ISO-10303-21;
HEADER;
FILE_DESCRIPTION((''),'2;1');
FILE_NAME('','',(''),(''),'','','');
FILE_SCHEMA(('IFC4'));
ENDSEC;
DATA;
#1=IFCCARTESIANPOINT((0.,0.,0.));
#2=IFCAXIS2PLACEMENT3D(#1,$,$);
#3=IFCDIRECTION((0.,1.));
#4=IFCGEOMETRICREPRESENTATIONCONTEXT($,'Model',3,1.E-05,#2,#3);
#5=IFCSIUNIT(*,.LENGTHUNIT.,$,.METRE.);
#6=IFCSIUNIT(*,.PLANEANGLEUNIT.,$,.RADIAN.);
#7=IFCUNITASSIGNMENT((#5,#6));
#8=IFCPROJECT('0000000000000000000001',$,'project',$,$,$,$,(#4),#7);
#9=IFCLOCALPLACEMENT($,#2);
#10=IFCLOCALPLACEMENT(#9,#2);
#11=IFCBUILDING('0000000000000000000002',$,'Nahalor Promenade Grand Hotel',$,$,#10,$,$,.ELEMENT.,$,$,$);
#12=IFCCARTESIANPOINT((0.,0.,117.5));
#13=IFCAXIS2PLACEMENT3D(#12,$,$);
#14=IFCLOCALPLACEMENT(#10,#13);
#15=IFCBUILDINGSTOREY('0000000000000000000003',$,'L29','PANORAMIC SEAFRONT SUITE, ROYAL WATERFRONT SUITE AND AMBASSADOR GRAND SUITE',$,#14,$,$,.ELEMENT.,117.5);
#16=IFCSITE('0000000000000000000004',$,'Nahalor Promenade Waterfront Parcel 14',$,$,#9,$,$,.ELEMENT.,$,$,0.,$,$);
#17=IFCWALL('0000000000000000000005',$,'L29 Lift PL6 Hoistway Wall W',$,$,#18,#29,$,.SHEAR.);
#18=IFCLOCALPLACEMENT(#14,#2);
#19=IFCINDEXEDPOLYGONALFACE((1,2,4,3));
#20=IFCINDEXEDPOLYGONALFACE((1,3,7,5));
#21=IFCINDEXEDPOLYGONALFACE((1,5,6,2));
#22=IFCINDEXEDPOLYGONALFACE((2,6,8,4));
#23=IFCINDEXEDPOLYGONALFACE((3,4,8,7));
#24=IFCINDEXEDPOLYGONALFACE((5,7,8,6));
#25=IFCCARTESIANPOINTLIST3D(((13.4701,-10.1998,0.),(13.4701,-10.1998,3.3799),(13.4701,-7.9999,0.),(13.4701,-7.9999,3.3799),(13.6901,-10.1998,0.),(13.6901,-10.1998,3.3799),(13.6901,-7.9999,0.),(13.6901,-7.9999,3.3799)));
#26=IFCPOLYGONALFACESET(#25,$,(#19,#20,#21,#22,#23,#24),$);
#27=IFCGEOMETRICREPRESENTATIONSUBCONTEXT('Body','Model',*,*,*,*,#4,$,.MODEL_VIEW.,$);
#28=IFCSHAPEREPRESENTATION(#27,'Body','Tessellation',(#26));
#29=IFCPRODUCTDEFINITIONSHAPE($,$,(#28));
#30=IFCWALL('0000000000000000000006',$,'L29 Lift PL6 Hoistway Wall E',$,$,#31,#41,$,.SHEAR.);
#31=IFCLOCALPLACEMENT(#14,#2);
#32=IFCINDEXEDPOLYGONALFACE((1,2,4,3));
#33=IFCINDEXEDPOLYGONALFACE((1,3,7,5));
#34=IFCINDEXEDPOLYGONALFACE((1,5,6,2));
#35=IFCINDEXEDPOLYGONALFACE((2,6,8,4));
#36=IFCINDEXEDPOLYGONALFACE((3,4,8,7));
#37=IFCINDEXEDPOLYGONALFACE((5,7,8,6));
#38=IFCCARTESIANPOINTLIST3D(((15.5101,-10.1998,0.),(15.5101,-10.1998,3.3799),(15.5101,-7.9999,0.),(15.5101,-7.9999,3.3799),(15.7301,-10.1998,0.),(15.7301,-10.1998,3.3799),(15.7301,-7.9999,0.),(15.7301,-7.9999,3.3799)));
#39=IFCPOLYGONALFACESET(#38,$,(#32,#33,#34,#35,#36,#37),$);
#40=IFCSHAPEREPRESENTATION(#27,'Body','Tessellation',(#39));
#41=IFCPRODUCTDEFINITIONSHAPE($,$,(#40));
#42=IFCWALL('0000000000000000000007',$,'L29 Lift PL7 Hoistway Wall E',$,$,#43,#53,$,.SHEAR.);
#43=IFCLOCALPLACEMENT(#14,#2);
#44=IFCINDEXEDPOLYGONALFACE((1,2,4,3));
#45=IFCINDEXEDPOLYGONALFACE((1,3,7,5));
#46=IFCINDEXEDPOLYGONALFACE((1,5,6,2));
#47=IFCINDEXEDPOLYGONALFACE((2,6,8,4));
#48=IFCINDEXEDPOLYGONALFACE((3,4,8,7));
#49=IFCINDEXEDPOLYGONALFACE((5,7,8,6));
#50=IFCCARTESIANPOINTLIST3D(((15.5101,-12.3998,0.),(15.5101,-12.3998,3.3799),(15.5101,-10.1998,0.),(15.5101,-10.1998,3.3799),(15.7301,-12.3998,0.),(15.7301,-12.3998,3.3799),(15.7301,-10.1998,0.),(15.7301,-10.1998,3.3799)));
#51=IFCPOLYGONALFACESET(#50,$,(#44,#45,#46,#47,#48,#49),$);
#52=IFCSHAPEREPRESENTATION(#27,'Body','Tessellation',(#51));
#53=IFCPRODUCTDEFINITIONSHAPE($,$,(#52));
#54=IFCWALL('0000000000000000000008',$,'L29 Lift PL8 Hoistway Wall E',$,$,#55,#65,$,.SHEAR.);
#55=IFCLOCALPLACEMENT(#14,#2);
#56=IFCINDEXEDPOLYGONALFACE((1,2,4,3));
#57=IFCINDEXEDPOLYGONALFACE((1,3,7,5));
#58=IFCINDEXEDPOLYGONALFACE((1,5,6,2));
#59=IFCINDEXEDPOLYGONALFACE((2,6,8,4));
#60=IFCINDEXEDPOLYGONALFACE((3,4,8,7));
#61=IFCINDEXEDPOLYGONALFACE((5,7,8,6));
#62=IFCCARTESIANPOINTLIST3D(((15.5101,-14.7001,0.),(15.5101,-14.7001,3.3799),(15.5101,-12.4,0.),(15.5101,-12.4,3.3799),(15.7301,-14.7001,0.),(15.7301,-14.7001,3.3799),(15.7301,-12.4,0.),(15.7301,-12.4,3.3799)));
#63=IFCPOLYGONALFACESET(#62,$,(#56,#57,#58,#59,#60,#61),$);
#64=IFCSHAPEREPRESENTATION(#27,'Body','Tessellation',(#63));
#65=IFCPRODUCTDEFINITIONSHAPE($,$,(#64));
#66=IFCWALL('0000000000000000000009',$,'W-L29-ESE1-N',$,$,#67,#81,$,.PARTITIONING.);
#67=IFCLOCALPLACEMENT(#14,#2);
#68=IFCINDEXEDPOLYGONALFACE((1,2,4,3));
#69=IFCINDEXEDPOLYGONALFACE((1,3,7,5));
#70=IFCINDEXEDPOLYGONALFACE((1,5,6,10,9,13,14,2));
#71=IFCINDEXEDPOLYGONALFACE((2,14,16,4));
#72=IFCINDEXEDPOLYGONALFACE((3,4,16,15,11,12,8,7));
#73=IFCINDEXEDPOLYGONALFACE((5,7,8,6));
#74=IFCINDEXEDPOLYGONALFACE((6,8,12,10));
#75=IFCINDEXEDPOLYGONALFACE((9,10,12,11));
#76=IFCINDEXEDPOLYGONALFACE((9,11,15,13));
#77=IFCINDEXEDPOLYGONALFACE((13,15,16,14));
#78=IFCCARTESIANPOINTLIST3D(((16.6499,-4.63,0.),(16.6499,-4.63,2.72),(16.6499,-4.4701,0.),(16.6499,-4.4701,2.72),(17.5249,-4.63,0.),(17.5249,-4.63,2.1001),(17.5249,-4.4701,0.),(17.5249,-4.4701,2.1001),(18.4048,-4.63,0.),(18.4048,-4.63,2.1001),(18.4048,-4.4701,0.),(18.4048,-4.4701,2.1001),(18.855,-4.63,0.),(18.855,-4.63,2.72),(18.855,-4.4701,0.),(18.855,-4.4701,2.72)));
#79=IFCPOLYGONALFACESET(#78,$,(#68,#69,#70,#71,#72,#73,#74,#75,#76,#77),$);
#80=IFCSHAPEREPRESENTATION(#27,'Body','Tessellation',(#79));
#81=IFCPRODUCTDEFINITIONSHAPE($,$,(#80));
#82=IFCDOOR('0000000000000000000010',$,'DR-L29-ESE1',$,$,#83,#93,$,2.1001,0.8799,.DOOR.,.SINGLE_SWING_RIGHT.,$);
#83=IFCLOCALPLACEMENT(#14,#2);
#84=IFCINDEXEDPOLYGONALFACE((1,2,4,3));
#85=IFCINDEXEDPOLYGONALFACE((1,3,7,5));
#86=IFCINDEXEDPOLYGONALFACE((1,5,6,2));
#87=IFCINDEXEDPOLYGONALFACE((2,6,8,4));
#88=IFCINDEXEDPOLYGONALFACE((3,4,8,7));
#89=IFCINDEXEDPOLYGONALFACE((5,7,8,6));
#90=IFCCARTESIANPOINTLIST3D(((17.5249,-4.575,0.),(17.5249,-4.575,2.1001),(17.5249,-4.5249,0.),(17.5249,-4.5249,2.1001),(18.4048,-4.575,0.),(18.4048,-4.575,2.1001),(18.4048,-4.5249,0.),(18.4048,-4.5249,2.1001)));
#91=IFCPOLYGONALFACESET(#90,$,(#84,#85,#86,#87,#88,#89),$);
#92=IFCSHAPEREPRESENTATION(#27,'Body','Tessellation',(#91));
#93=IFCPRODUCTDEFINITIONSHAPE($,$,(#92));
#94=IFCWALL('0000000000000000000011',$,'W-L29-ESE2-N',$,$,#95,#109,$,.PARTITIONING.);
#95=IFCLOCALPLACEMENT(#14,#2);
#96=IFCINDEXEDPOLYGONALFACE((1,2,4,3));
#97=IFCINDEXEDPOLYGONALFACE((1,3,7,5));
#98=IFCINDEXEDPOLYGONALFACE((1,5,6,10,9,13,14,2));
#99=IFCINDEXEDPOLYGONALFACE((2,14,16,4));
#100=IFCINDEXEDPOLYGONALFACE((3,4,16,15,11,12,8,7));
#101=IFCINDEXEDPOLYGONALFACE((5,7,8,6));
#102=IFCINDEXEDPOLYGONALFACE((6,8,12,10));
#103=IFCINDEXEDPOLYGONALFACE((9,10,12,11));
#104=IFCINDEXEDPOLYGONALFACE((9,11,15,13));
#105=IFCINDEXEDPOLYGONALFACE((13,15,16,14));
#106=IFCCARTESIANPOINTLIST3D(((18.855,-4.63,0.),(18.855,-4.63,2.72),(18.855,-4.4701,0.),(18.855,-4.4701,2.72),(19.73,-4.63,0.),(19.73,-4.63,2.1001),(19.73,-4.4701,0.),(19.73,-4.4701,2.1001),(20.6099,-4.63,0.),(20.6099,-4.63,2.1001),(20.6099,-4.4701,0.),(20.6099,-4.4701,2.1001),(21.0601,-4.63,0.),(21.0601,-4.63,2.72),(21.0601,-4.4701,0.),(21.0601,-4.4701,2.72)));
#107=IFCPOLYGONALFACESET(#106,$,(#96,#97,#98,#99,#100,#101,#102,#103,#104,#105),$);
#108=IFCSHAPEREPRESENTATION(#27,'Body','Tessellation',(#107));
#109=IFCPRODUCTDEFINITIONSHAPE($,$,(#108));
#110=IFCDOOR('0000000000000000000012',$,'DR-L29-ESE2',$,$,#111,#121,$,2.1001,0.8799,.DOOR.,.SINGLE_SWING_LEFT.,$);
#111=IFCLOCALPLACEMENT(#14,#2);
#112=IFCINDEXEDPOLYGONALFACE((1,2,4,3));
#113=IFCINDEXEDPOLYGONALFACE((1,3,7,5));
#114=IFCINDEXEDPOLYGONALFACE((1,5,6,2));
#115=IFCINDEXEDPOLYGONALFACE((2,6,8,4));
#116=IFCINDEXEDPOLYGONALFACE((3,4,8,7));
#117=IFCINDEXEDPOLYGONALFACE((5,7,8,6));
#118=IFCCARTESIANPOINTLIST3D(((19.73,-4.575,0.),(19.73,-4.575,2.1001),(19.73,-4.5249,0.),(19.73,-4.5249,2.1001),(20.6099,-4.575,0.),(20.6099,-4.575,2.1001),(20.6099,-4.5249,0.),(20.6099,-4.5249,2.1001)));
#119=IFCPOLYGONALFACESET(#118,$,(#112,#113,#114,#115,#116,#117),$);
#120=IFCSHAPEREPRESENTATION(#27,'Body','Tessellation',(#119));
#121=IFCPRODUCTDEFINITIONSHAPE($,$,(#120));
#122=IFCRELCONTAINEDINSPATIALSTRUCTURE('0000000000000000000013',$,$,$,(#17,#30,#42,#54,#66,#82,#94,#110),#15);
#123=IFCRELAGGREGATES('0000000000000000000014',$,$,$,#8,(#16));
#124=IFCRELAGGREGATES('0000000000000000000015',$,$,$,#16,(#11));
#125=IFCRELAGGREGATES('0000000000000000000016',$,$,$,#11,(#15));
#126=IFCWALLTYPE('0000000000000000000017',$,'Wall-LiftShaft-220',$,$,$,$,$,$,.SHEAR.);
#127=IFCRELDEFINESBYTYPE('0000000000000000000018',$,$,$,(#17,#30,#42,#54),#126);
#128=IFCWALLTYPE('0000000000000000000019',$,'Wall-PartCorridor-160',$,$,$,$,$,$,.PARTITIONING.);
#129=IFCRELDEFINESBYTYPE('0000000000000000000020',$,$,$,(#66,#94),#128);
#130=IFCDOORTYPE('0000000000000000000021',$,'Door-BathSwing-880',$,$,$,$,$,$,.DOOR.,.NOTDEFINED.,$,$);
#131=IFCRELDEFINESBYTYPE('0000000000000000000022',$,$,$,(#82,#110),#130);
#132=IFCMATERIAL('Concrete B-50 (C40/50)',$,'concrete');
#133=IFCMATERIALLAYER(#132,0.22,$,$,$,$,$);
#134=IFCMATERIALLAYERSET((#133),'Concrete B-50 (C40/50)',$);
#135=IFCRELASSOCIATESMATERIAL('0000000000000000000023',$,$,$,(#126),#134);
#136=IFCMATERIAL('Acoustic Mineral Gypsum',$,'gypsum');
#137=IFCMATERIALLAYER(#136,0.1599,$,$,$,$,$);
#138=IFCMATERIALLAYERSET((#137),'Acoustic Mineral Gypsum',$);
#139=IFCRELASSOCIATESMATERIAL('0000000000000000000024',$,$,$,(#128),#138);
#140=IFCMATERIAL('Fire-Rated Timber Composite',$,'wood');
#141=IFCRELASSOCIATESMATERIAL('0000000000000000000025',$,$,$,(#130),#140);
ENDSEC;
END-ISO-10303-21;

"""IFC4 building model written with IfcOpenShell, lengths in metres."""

from ifc_helpers import new_model, si_unit, direction, frame, frame_2d, origin, place, context, subcontext, project, spatial, rectangle, extrude, source, transform, mapped, material, layer, layer_set, type_object, element, fill, save


model = new_model("IFC4")

# Units and contexts
model_context = context("Model", 3, precision=1e-05, world=origin(), true_north=direction((0.0, 1.0)))
body_context = subcontext(model_context, "Body", "Model", "MODEL_VIEW")
ifc_project = project(units=[si_unit("LENGTHUNIT", "METRE"), si_unit("PLANEANGLEUNIT", "RADIAN")], contexts=[model_context])

# Site, building, storey
site_placement = place(None, origin())
site = spatial("IfcSite", under=ifc_project, at=site_placement, Name="Nahalor Promenade Waterfront Parcel 14", CompositionType="ELEMENT", RefElevation=0.0)
building_placement = place(site_placement, origin())
building = spatial("IfcBuilding", under=site, at=building_placement, Name="Nahalor Promenade Grand Hotel", CompositionType="ELEMENT")
storey_placement = place(building_placement, frame((0.0, 0.0, 117.5)))
storey = spatial("IfcBuildingStorey", under=building, at=storey_placement, Name="L29", Description="PANORAMIC SEAFRONT SUITE, ROYAL WATERFRONT SUITE AND AMBASSADOR GRAND SUITE", CompositionType="ELEMENT", Elevation=117.5)

# Walls
ifc_material_1 = material(Name="Concrete B-50 (C40/50)", Category="concrete")
ifc_layer_1 = layer(ifc_material_1, 0.22)
ifc_layer_set_1 = layer_set([ifc_layer_1], Name="Concrete B-50 (C40/50)")
wall_type_1 = type_object("IfcWallType", Name="Wall-LiftShaft-220", PredefinedType="SHEAR", material=ifc_layer_set_1)
shared_shape_1 = source(origin(), body_context, "Body", "SweptSolid", [
    extrude(rectangle(XDim=2.2, YDim=0.22, at=frame_2d((1.1001, 0.0))), origin(), (0.0, 0.0, 1.0), 3.3799),
])
for number, where, z_axis, x_axis, name in (
    (1, (13.5801, -10.2, 0.0), (0.0, 0.0, 1.0), (0.0, 1.0, 0.0), "L29 Lift PL6 Hoistway Wall W"),
    (2, (15.6201, -10.2, 0.0), (0.0, 0.0, 1.0), (0.0, 1.0, 0.0), "L29 Lift PL6 Hoistway Wall E"),
    (3, (15.6201, -12.3999, 0.0), (0.0, 0.0, 1.0), (0.0, 1.0, 0.0), "L29 Lift PL7 Hoistway Wall E"),
):
    element("IfcWall", number, at=place(storey_placement, frame(where, z_axis=z_axis, x_axis=x_axis)), inside=storey, type_object=wall_type_1, Name=name, PredefinedType="SHEAR", context=body_context, shape_type="MappedRepresentation", body=[
        mapped(shared_shape_1, transform((0.0, 0.0, 0.0), scale=1.0)),
    ])
shared_shape_2 = source(origin(), body_context, "Body", "SweptSolid", [
    extrude(rectangle(XDim=2.3, YDim=0.22, at=frame_2d((1.1499, 0.0))), origin(), (0.0, 0.0, 1.0), 3.3799),
])
wall_1_placement = place(storey_placement, frame((15.6201, -14.7, 0.0), z_axis=(0.0, 0.0, 1.0), x_axis=(0.0, 1.0, 0.0)))
element("IfcWall", 4, at=wall_1_placement, inside=storey, type_object=wall_type_1, Name="L29 Lift PL8 Hoistway Wall E", PredefinedType="SHEAR", context=body_context, shape_type="MappedRepresentation", body=[
    mapped(shared_shape_2, transform((0.0, 0.0, 0.0), scale=1.0)),
])

# Walls, openings, doors
ifc_material_2 = material(Name="Acoustic Mineral Gypsum", Category="gypsum")
ifc_layer_2 = layer(ifc_material_2, 0.1599)
ifc_layer_set_2 = layer_set([ifc_layer_2], Name="Acoustic Mineral Gypsum")
wall_type_2 = type_object("IfcWallType", Name="Wall-PartCorridor-160", PredefinedType="PARTITIONING", material=ifc_layer_set_2)
shared_shape_3 = source(origin(), body_context, "Body", "SweptSolid", [
    extrude(rectangle(XDim=2.2051, YDim=0.1599, at=frame_2d((1.1025, 0.0))), origin(), (0.0, 0.0, 1.0), 2.72),
])
wall_2_placement = place(storey_placement, frame((16.6499, -4.55, 0.0), z_axis=(0.0, 0.0, 1.0), x_axis=(1.0, 0.0, 0.0)))
wall_2 = element("IfcWall", 5, at=wall_2_placement, inside=storey, type_object=wall_type_2, Name="W-L29-ESE1-N", PredefinedType="PARTITIONING", context=body_context, shape_type="MappedRepresentation", body=[
    mapped(shared_shape_3, transform((0.0, 0.0, 0.0), scale=1.0)),
])
opening_1_placement = place(wall_2_placement, frame((0.875, 0.0, 0.0)))
opening_1 = element("IfcOpeningElement", 6, at=opening_1_placement, cuts=wall_2, PredefinedType="OPENING", context=body_context, shape_type="SweptSolid", body=[
    extrude(rectangle(XDim=0.8799, YDim=2.1001, at=frame_2d((0.4399, 1.05))), frame((0.0, 0.0898, 0.0), z_axis=(0.0, -1.0, 0.0), x_axis=(1.0, 0.0, 0.0)), (0.0, 0.0, 1.0), 0.1799),
])
ifc_material_3 = material(Name="Fire-Rated Timber Composite", Category="wood")
door_type = type_object("IfcDoorType", Name="Door-BathSwing-880", OperationType="NOTDEFINED", PredefinedType="DOOR", material=ifc_material_3)
shared_shape_4 = source(origin(), body_context, "Body", "SweptSolid", [
    extrude(rectangle(XDim=0.8799, YDim=2.1001, at=frame_2d((0.4399, 1.05))), frame((0.0, 0.0249, 0.0), z_axis=(0.0, -1.0, 0.0), x_axis=(1.0, 0.0, 0.0)), (0.0, 0.0, 1.0), 0.05),
])
door_1_placement = place(opening_1_placement, frame((0.8799, 0.0, 0.0), z_axis=(0.0, 0.0, 1.0), x_axis=(-1.0, 0.0, 0.0)))
door_1 = element("IfcDoor", 7, at=door_1_placement, inside=storey, type_object=door_type, Name="DR-L29-ESE1", OperationType="SINGLE_SWING_RIGHT", OverallHeight=2.1001, OverallWidth=0.8799, PredefinedType="DOOR", context=body_context, shape_type="MappedRepresentation", body=[
    mapped(shared_shape_4, transform((0.0, 0.0, 0.0), scale=1.0)),
])
fill(opening_1, door_1)
wall_3_placement = place(storey_placement, frame((18.855, -4.55, 0.0), z_axis=(0.0, 0.0, 1.0), x_axis=(1.0, 0.0, 0.0)))
wall_3 = element("IfcWall", 8, at=wall_3_placement, inside=storey, type_object=wall_type_2, Name="W-L29-ESE2-N", PredefinedType="PARTITIONING", context=body_context, shape_type="MappedRepresentation", body=[
    mapped(shared_shape_3, transform((0.0, 0.0, 0.0), scale=1.0)),
])
opening_2_placement = place(wall_3_placement, frame((0.875, 0.0, 0.0)))
opening_2 = element("IfcOpeningElement", 9, at=opening_2_placement, cuts=wall_3, PredefinedType="OPENING", context=body_context, shape_type="SweptSolid", body=[
    extrude(rectangle(XDim=0.8799, YDim=2.1001, at=frame_2d((0.4399, 1.05))), frame((0.0, 0.0898, 0.0), z_axis=(0.0, -1.0, 0.0), x_axis=(1.0, 0.0, 0.0)), (0.0, 0.0, 1.0), 0.1799),
])
door_2_placement = place(opening_2_placement, frame((0.8799, 0.0, 0.0), z_axis=(0.0, 0.0, 1.0), x_axis=(-1.0, 0.0, 0.0)))
door_2 = element("IfcDoor", 10, at=door_2_placement, inside=storey, type_object=door_type, Name="DR-L29-ESE2", OperationType="SINGLE_SWING_LEFT", OverallHeight=2.1001, OverallWidth=0.8799, PredefinedType="DOOR", context=body_context, shape_type="MappedRepresentation", body=[
    mapped(shared_shape_4, transform((0.0, 0.0, 0.0), scale=1.0)),
])
fill(opening_2, door_2)

save(model, "model.ifc")
